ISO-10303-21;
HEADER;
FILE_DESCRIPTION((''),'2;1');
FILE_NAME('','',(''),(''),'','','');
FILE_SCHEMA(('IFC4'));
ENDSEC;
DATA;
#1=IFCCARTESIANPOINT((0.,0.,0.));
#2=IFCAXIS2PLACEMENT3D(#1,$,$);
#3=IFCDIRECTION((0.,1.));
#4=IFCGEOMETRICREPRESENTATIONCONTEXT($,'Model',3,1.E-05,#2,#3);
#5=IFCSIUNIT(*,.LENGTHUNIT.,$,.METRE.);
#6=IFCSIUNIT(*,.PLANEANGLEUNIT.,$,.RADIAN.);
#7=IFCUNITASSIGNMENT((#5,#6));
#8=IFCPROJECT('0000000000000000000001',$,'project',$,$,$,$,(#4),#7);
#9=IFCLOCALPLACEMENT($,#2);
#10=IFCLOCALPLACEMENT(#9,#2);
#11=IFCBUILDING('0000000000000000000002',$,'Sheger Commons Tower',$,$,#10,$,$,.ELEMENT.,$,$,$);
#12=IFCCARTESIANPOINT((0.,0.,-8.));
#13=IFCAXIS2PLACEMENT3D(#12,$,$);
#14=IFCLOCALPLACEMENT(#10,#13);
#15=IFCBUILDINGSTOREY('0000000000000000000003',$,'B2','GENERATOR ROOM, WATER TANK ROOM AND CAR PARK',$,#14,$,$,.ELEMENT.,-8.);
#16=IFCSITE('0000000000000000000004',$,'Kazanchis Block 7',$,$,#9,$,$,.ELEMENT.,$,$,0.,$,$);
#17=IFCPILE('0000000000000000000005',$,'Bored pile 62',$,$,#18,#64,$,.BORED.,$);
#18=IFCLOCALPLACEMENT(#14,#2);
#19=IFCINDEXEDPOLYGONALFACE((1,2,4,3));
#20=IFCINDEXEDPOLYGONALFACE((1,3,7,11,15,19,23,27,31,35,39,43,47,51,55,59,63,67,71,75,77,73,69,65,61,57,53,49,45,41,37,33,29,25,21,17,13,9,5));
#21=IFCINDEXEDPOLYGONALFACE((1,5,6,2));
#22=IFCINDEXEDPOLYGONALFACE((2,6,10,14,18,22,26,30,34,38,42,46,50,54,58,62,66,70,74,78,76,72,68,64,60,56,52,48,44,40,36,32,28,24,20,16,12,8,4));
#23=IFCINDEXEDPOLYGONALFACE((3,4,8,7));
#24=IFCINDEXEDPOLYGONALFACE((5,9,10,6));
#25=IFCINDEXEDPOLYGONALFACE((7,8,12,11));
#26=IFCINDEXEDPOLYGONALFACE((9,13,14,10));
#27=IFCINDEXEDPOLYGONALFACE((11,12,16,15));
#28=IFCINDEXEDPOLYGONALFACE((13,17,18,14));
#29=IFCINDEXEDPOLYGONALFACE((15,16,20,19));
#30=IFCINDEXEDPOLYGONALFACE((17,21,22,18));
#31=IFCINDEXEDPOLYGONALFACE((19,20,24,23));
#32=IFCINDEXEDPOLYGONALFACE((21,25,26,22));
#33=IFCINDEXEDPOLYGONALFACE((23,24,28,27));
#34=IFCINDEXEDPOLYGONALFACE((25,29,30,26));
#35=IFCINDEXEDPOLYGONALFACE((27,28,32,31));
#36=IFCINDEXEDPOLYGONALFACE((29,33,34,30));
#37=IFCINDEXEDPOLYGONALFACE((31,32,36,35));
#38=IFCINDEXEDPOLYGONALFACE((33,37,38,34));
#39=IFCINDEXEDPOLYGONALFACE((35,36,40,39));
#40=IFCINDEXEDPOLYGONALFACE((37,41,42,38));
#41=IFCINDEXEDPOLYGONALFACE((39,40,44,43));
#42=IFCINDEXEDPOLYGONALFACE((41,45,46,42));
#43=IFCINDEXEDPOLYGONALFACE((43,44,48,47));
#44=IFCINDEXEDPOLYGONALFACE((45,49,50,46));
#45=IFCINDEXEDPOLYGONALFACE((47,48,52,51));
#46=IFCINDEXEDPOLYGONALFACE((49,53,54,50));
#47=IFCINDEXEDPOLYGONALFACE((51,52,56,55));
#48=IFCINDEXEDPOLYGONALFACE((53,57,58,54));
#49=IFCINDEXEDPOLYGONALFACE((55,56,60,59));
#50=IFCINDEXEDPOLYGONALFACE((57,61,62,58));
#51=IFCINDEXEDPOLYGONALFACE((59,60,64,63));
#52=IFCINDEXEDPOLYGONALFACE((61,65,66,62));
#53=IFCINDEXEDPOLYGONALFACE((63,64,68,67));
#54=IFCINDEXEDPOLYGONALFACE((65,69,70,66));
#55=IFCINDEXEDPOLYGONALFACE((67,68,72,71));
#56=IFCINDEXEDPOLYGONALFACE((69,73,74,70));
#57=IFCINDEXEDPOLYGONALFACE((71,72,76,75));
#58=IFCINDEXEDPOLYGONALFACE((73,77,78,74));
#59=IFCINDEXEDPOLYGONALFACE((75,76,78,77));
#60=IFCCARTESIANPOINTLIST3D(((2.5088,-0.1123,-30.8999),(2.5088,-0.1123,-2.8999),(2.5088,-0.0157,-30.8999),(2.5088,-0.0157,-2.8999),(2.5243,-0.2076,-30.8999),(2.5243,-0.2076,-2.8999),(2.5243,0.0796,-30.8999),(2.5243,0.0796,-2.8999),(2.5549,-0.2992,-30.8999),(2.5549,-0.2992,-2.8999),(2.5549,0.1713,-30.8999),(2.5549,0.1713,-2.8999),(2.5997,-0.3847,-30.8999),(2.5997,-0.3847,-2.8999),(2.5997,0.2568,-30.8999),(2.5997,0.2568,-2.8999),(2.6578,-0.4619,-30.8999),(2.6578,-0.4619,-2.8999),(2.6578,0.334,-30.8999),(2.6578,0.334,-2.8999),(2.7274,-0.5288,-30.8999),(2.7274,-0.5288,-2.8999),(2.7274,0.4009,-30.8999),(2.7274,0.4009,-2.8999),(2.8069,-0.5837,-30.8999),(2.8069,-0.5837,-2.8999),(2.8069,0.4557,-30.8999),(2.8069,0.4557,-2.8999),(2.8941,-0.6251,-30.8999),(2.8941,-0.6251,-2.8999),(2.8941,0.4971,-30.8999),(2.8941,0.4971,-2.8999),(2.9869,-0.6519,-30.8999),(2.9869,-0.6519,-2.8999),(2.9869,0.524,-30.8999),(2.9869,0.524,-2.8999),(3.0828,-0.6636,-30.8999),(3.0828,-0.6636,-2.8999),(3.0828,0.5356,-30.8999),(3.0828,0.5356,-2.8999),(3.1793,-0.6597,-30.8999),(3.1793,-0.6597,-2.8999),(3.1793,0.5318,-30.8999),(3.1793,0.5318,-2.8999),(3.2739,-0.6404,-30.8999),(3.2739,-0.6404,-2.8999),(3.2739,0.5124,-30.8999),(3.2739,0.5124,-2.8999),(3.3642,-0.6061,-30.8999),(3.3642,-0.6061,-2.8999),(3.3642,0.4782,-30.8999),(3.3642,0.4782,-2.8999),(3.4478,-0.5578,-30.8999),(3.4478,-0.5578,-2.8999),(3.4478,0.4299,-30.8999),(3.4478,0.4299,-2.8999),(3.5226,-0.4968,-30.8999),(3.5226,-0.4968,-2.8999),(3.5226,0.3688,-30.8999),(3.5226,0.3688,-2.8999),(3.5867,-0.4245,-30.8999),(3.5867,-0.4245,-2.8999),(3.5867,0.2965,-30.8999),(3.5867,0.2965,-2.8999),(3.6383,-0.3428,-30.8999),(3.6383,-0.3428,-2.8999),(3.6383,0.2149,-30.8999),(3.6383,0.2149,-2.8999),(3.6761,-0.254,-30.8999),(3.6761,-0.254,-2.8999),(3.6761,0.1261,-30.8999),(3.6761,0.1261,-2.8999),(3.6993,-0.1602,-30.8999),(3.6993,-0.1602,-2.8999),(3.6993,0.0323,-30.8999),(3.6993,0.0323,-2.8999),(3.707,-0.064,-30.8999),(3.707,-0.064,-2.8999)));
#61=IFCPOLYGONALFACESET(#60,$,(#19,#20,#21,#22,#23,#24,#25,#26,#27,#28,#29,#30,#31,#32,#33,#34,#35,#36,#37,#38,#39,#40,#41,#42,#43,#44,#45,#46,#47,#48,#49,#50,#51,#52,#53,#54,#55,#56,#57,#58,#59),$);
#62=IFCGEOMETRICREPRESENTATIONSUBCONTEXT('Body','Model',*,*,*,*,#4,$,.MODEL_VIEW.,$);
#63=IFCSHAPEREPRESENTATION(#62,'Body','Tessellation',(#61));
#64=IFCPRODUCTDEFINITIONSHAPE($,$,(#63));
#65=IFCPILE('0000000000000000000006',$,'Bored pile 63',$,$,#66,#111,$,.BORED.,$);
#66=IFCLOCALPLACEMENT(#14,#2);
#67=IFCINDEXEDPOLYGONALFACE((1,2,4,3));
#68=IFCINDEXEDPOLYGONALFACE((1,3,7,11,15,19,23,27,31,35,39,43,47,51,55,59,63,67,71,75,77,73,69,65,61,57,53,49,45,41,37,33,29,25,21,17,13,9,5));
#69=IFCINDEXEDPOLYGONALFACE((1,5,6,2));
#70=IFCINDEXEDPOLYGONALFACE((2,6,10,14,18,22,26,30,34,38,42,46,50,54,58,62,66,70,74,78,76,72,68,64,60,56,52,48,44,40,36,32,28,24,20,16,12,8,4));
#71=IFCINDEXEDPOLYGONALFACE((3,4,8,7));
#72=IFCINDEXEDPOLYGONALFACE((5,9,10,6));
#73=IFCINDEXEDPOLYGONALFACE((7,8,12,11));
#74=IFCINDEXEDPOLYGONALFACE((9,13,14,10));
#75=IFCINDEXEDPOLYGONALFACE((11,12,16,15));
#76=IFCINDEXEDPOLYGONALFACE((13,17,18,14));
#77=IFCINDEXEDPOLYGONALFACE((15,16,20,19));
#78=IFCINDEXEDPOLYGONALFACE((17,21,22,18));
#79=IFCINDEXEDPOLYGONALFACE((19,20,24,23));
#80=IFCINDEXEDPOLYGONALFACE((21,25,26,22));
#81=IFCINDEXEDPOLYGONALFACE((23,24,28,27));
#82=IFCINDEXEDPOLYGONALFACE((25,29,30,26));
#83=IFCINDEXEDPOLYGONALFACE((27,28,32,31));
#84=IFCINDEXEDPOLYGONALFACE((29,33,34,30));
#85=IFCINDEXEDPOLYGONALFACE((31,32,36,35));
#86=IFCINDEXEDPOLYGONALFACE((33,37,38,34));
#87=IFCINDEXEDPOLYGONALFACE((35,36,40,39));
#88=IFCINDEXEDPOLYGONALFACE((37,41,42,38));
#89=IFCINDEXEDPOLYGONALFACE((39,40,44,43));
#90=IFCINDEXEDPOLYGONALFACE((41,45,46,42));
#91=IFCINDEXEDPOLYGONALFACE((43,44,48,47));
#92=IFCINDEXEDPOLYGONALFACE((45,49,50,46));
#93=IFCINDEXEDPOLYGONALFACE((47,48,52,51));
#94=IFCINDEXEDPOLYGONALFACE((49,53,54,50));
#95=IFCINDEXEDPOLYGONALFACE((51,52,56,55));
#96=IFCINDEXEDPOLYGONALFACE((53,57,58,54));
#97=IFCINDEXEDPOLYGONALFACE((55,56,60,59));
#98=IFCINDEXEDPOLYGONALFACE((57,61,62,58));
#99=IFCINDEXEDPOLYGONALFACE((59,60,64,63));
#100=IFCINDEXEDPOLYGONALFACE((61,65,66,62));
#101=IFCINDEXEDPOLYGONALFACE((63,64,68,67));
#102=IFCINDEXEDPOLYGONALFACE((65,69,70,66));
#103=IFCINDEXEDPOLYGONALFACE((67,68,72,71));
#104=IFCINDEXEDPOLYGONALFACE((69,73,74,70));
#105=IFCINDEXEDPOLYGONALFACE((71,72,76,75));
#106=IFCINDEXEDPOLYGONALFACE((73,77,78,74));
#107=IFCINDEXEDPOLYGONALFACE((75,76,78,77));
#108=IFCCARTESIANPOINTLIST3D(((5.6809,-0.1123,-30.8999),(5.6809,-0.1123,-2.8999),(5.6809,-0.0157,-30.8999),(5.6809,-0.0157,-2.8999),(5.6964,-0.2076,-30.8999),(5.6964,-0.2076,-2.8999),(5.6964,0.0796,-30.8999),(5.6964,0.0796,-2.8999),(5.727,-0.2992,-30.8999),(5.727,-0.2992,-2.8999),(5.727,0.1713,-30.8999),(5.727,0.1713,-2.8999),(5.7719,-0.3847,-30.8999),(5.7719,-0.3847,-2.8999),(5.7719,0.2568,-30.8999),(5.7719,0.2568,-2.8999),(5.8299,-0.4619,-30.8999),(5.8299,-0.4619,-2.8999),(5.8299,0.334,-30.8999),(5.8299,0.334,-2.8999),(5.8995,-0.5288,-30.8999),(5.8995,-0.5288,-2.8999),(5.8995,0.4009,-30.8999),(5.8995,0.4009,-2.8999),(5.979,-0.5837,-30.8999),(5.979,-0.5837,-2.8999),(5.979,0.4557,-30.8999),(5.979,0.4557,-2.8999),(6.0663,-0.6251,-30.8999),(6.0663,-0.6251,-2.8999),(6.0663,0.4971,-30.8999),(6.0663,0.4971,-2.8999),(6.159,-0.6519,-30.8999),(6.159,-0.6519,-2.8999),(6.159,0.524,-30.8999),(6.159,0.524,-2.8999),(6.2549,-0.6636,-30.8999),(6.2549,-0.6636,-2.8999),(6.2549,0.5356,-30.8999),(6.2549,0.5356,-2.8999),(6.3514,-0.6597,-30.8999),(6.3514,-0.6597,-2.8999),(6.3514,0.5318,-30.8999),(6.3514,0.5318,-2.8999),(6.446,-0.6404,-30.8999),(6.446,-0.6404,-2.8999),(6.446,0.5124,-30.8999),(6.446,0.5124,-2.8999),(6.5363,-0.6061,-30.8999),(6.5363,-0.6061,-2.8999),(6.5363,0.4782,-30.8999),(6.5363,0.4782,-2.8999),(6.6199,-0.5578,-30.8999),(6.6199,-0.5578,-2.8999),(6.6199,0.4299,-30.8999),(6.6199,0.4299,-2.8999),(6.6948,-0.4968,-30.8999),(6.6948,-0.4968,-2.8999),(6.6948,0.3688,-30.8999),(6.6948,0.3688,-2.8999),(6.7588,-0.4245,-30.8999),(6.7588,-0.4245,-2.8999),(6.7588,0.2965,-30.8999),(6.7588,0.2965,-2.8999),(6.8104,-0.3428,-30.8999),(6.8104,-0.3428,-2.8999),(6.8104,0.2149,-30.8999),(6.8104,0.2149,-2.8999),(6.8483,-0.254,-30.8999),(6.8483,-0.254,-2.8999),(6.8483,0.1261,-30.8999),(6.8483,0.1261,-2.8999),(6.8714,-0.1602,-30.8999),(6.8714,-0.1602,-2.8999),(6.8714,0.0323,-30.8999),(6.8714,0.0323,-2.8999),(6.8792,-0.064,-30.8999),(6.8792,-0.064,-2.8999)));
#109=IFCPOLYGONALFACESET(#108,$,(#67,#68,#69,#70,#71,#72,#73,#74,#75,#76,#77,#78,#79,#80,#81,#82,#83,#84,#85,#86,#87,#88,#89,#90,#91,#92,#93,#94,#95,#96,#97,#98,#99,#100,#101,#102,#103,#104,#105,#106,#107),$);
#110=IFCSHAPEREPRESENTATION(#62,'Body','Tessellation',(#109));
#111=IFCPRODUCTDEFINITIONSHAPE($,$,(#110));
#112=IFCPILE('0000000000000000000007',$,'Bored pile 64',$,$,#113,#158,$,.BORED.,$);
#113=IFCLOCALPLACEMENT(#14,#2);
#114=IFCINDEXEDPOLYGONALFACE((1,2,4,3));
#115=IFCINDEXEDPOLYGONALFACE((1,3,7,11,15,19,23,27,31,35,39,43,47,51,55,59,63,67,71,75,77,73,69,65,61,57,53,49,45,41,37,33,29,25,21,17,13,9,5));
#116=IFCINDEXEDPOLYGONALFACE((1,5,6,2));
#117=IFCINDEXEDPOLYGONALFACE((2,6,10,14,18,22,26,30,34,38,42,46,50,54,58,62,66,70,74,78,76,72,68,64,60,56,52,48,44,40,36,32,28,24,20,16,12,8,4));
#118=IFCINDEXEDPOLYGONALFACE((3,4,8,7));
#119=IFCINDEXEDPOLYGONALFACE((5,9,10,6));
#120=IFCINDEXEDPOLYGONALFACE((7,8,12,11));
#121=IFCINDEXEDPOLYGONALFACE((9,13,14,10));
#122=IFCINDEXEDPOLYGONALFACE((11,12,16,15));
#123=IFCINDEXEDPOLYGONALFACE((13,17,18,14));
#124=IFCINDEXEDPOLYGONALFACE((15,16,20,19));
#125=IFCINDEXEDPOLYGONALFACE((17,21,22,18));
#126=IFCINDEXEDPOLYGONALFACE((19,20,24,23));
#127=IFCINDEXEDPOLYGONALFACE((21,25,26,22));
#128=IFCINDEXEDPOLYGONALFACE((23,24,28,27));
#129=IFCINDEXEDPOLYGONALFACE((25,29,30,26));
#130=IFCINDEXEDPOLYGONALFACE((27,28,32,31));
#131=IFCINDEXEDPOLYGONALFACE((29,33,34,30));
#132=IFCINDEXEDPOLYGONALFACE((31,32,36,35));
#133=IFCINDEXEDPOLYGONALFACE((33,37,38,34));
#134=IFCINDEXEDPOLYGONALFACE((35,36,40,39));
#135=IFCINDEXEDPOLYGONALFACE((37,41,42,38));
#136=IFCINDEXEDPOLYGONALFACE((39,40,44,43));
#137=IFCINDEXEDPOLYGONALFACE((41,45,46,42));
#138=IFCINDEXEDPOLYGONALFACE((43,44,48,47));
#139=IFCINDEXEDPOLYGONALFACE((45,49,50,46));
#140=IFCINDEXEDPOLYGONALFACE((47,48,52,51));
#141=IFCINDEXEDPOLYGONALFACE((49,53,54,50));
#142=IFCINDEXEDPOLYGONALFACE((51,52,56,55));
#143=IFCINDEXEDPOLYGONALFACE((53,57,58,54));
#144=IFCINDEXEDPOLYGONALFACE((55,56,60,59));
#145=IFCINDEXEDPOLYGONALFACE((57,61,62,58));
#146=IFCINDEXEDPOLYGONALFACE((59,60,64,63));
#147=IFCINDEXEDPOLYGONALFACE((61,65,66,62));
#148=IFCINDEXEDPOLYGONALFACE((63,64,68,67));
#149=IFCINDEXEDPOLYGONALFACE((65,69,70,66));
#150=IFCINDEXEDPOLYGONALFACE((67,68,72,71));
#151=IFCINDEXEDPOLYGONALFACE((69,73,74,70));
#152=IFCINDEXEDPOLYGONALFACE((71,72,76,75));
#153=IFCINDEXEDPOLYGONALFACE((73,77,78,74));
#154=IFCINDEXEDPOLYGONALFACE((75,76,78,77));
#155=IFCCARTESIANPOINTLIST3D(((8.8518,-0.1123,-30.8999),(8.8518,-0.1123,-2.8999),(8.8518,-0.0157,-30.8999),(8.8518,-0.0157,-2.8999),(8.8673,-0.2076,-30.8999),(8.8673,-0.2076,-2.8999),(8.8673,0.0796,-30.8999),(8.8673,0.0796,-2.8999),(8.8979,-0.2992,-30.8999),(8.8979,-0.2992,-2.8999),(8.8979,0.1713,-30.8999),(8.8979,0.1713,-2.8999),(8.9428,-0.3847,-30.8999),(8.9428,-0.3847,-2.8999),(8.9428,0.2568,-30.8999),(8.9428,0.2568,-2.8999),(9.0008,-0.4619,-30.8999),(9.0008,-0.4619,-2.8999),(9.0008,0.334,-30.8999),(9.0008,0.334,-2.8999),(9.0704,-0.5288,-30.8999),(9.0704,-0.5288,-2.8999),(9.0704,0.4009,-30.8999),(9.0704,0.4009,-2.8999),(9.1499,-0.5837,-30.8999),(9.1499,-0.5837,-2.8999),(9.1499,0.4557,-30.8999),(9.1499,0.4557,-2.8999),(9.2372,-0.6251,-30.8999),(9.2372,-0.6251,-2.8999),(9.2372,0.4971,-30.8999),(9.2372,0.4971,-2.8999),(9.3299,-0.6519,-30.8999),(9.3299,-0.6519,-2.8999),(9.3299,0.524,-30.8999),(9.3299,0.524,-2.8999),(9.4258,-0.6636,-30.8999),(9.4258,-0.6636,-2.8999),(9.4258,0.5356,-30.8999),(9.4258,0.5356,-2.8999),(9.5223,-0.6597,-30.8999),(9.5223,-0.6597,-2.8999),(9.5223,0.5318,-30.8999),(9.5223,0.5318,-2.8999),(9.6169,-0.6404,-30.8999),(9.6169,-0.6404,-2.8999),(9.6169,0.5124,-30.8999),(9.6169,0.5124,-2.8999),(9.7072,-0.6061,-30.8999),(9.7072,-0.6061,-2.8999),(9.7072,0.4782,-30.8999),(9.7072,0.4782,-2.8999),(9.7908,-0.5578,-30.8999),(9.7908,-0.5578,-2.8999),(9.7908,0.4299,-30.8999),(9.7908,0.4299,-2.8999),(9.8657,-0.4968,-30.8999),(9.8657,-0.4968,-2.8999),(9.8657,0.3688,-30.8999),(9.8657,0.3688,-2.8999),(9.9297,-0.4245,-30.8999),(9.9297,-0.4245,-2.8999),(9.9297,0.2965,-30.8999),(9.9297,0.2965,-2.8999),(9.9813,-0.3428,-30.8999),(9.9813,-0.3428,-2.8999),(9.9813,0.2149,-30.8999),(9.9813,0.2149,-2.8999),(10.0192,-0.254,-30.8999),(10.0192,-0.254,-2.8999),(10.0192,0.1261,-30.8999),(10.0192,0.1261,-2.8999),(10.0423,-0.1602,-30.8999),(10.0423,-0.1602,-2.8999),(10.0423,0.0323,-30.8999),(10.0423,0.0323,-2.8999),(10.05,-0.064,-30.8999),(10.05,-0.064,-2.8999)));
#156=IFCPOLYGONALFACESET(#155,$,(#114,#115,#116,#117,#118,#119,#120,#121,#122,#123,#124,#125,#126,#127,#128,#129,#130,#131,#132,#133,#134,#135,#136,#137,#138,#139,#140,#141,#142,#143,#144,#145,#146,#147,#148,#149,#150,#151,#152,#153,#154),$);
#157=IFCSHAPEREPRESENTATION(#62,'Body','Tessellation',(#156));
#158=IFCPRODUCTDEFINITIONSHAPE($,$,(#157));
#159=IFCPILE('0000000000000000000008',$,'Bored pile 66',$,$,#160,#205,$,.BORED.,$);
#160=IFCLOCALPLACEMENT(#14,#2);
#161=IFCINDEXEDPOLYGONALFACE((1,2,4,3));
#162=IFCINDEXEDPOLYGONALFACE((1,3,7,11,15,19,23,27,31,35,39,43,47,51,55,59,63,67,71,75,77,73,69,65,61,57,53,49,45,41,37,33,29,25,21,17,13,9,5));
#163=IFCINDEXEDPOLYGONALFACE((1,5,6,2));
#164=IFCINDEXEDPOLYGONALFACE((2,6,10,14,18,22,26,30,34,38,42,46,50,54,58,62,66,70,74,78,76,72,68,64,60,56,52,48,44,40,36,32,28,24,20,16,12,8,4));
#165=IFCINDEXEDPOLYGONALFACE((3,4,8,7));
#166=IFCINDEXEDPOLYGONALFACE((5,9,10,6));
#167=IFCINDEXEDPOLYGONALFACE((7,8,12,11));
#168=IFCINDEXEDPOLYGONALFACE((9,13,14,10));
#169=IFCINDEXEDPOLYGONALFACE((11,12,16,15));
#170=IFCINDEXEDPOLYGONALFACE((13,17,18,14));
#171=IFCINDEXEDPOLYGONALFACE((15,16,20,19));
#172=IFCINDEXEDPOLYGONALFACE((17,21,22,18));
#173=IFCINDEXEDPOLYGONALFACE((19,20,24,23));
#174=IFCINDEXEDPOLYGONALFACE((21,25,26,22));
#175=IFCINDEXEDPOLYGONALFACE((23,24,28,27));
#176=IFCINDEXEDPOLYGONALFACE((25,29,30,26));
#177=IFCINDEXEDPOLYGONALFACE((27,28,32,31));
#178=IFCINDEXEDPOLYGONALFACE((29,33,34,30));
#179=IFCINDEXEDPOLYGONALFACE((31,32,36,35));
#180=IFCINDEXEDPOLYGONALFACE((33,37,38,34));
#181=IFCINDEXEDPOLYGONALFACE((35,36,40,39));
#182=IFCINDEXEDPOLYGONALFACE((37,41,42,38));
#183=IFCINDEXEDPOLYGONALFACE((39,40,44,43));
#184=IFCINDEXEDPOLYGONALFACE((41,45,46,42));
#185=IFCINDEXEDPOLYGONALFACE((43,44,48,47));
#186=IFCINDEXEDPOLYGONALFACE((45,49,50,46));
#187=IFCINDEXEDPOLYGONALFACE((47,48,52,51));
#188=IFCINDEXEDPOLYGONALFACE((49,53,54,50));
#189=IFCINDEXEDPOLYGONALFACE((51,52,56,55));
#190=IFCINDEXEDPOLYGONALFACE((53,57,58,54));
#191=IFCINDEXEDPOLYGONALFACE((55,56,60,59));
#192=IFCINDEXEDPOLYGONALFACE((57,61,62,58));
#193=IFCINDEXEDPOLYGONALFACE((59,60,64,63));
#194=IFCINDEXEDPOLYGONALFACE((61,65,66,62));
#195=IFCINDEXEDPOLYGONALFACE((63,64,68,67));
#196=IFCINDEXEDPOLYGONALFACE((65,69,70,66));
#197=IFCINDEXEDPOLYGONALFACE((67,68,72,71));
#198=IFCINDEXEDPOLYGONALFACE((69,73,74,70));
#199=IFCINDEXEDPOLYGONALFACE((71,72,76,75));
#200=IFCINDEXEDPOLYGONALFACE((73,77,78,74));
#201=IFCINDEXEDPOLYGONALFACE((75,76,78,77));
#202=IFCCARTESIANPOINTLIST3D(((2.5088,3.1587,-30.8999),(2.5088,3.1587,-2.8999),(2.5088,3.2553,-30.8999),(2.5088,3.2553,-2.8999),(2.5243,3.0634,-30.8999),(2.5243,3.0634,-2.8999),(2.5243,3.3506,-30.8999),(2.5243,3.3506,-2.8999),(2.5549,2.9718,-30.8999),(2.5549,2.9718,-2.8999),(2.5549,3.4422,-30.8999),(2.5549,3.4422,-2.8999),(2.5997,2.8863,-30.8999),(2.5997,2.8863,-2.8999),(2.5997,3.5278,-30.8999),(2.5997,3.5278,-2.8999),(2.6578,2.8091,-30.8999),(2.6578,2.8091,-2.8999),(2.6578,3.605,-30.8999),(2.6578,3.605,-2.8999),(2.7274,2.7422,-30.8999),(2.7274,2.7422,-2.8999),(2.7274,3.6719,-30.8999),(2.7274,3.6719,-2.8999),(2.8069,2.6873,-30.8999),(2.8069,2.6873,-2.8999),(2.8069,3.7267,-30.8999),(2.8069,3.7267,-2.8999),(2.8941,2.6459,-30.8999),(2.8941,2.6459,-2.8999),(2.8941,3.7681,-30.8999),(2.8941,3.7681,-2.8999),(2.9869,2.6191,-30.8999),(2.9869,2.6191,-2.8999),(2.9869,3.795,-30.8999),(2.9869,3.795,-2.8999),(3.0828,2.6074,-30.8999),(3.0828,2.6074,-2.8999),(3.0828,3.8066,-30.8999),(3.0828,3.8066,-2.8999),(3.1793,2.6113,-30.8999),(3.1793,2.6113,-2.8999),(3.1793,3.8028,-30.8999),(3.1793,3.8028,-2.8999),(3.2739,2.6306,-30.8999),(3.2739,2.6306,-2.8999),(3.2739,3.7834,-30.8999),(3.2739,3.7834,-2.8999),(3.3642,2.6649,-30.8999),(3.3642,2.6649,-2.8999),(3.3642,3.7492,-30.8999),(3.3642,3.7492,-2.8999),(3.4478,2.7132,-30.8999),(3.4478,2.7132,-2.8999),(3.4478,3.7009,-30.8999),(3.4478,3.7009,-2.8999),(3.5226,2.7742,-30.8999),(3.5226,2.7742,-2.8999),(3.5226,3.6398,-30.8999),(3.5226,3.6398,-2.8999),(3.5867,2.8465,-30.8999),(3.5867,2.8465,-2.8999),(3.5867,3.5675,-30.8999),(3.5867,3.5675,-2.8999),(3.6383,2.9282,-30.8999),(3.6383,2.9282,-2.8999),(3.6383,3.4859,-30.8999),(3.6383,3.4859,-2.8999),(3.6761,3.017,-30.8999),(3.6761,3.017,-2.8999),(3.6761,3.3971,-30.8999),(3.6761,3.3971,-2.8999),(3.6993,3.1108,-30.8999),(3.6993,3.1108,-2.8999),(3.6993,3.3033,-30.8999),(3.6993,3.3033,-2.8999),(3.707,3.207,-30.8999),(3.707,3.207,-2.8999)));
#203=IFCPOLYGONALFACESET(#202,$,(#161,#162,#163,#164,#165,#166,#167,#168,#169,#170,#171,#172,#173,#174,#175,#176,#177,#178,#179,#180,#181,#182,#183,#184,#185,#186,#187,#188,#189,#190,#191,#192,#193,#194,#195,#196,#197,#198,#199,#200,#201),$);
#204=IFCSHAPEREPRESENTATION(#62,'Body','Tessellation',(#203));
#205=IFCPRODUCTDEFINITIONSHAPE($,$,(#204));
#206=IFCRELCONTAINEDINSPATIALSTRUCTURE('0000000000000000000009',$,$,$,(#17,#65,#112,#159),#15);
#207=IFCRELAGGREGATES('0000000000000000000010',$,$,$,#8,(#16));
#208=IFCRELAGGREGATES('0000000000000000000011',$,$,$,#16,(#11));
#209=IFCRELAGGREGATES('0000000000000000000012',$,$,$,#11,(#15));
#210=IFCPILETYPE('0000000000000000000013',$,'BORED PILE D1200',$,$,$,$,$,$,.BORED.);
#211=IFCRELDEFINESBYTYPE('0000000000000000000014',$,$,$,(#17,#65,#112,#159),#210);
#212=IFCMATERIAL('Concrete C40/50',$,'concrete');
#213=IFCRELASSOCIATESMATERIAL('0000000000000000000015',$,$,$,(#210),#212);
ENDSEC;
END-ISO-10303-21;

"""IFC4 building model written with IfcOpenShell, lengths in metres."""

from ifc_helpers import new_model, si_unit, direction, frame, origin, origin_2d, place, context, subcontext, project, spatial, circle, extrude, material, material_profile, profile_set, type_object, element, save


model = new_model("IFC4")

# Units and contexts
model_context = context("Model", 3, precision=1e-05, world=origin(), true_north=direction((0.0, 1.0)))
body_context = subcontext(model_context, "Body", "Model", "MODEL_VIEW")
ifc_project = project(units=[si_unit("LENGTHUNIT", "METRE"), si_unit("PLANEANGLEUNIT", "RADIAN")], contexts=[model_context])

# Site, building, storey
site_placement = place(None, origin())
site = spatial("IfcSite", under=ifc_project, at=site_placement, Name="Kazanchis Block 7", CompositionType="ELEMENT", RefElevation=0.0)
building_placement = place(site_placement, origin())
building = spatial("IfcBuilding", under=site, at=building_placement, Name="Sheger Commons Tower", CompositionType="ELEMENT")
storey_placement = place(building_placement, frame((0.0, 0.0, -8.0)))
storey = spatial("IfcBuildingStorey", under=building, at=storey_placement, Name="B2", Description="GENERATOR ROOM, WATER TANK ROOM AND CAR PARK", CompositionType="ELEMENT", Elevation=-8.0)

# Piles
ifc_material_1 = material(Name="Concrete C40/50", Category="concrete")
ifc_material_profile_1 = material_profile(ifc_material_1, circle(Radius=0.6001, at=origin_2d()), Name="PILE D1200")
ifc_profile_set_1 = profile_set([ifc_material_profile_1], Name="Concrete C40/50")
pile_type_1 = type_object("IfcPileType", Name="BORED PILE D1200", PredefinedType="BORED", material=ifc_profile_set_1)
for number, where, z_axis, x_axis, name in (
    (1, (3.1069, -0.064, -2.8999), (0.0, 0.0, -1.0), (1.0, 0.0, 0.0), "Bored pile 62"),
    (2, (6.2791, -0.064, -2.8999), (0.0, 0.0, -1.0), (1.0, 0.0, 0.0), "Bored pile 63"),
    (3, (9.45, -0.064, -2.8999), (0.0, 0.0, -1.0), (1.0, 0.0, 0.0), "Bored pile 64"),
    (4, (3.1069, 3.207, -2.8999), (0.0, 0.0, -1.0), (1.0, 0.0, 0.0), "Bored pile 66"),
):
    element("IfcPile", number, at=place(storey_placement, frame(where, z_axis=z_axis, x_axis=x_axis)), inside=storey, type_object=pile_type_1, Name=name, PredefinedType="BORED", context=body_context, shape_type="SweptSolid", body=[
        extrude(circle(Radius=0.6001, at=origin_2d()), origin(), (0.0, 0.0, 1.0), 28.0),
    ])

save(model, "model.ifc")
